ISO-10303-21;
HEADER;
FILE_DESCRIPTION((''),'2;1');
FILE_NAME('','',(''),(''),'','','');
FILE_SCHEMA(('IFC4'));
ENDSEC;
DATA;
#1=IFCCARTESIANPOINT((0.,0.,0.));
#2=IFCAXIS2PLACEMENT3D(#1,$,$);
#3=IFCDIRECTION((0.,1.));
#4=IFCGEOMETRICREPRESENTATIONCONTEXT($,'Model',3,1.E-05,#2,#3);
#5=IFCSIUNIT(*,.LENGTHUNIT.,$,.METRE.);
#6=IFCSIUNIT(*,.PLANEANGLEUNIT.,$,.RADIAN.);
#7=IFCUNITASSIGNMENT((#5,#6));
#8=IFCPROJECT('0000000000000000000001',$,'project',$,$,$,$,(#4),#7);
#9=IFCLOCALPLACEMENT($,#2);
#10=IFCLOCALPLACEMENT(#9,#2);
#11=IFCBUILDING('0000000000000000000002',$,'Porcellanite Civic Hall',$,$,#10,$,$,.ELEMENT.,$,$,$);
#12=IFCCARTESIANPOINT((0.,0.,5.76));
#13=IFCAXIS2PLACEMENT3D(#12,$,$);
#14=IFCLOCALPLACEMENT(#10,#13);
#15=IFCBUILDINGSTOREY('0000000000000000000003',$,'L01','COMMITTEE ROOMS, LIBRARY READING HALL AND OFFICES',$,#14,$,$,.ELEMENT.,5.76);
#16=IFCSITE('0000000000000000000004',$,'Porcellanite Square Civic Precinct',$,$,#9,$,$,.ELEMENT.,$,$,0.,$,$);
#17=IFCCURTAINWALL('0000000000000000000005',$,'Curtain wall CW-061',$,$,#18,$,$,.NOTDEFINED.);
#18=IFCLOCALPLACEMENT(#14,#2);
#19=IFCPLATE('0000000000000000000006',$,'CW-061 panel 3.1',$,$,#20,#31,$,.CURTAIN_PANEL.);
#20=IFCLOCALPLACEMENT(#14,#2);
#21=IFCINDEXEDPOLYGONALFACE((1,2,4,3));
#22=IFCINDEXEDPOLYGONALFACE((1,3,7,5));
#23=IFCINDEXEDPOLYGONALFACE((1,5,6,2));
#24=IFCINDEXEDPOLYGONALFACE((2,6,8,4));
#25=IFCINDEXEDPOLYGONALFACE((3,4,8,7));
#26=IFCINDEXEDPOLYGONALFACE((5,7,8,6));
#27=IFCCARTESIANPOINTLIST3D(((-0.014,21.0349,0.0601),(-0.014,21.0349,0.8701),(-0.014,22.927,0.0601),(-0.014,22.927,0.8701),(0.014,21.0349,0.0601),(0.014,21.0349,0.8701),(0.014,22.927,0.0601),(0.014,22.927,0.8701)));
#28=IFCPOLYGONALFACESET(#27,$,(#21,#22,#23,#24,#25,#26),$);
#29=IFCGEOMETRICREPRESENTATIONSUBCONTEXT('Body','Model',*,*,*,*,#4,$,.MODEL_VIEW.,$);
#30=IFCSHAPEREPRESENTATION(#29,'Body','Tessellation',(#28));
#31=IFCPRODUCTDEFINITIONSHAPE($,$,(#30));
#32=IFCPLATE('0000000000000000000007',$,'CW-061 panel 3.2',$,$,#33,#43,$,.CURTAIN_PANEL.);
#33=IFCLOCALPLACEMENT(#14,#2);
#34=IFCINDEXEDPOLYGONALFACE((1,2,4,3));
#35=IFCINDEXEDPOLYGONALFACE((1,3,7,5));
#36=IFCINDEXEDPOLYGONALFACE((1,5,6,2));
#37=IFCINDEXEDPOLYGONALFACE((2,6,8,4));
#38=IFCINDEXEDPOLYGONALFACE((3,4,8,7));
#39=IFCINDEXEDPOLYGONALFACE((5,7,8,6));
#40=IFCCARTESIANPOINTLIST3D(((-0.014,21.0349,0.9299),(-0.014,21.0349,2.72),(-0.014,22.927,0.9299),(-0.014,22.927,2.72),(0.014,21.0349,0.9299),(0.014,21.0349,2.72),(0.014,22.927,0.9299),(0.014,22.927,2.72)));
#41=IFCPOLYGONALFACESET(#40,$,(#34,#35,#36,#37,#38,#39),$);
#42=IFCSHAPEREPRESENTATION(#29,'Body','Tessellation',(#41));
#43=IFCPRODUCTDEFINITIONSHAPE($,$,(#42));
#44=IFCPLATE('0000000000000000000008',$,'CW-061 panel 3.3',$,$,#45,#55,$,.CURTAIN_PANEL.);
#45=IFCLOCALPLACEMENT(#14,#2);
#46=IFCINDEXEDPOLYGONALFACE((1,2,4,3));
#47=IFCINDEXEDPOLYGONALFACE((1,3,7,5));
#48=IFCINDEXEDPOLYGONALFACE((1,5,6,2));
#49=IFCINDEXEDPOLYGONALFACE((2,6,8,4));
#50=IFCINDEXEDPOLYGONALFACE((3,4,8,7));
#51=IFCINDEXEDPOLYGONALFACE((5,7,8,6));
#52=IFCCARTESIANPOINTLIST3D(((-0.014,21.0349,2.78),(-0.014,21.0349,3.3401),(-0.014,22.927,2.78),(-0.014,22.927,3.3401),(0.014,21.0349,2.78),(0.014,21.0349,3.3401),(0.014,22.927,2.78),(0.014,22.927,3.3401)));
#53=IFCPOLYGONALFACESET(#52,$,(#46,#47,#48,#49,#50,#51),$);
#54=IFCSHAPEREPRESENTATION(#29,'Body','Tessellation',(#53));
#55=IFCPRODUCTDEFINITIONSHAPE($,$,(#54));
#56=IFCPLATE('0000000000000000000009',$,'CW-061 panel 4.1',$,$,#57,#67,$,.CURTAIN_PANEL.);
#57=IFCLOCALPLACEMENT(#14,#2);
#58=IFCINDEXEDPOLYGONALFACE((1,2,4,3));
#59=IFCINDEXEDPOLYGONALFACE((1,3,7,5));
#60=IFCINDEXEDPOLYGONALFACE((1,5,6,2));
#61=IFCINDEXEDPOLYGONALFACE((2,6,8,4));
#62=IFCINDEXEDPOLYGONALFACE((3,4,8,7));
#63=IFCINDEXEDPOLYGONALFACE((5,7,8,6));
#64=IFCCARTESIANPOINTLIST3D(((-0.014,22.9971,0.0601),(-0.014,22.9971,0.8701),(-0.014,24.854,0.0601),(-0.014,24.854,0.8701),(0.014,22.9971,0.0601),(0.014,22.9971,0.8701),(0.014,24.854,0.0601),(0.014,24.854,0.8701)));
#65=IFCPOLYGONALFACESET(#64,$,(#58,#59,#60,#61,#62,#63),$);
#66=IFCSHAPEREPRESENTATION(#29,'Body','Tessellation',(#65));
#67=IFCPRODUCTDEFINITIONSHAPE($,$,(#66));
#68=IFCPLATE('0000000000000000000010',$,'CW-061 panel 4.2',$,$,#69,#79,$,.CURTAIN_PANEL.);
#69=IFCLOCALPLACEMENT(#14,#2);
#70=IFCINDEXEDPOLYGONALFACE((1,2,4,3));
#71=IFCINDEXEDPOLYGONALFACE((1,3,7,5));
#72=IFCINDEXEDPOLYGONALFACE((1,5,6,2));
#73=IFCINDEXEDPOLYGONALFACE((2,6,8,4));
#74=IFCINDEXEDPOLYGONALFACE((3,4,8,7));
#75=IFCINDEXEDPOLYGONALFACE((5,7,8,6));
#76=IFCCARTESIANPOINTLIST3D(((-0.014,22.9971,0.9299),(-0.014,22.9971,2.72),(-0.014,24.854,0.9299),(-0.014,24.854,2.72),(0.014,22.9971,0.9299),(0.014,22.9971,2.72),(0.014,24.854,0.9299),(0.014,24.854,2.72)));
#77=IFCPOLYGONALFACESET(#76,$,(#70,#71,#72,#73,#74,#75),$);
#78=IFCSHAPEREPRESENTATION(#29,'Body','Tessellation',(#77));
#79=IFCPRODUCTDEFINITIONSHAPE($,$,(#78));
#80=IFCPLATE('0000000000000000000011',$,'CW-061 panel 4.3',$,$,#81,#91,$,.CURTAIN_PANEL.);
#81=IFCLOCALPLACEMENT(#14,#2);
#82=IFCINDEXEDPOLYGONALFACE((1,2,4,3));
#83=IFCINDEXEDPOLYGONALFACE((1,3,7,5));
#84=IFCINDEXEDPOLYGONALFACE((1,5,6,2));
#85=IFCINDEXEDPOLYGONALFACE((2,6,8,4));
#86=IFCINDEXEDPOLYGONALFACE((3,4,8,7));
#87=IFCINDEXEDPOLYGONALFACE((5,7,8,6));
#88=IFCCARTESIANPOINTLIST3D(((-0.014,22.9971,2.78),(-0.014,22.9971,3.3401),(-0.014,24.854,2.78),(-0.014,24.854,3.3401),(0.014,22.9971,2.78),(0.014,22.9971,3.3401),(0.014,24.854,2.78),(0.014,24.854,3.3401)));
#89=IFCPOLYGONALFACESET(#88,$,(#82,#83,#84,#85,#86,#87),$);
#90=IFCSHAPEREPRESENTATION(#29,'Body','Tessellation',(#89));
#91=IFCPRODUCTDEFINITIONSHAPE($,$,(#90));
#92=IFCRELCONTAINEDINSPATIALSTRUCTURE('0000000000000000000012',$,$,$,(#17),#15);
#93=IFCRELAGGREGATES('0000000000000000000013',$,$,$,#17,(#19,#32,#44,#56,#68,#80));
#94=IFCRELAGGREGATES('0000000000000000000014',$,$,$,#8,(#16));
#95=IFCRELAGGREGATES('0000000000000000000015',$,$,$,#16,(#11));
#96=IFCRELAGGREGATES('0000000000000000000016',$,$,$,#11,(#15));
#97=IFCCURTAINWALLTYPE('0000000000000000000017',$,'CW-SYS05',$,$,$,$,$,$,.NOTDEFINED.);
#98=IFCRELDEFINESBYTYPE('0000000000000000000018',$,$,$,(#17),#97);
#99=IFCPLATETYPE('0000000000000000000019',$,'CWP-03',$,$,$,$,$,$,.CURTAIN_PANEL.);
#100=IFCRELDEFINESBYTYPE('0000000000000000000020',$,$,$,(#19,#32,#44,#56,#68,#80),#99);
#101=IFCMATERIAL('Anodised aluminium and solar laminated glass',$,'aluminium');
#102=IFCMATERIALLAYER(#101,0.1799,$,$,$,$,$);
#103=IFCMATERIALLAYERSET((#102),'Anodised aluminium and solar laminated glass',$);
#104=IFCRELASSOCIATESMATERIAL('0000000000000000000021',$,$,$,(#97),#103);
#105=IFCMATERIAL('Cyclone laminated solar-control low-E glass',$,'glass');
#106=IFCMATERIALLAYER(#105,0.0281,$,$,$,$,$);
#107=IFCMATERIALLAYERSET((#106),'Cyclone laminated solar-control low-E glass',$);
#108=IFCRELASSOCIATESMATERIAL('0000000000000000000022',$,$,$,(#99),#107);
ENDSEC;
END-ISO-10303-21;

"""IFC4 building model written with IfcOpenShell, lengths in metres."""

from ifc_helpers import new_model, si_unit, direction, frame, origin, origin_2d, place, context, subcontext, project, spatial, rectangle, extrude, material, layer, layer_set, type_object, element, aggregate, save


model = new_model("IFC4")

# Units and contexts
model_context = context("Model", 3, precision=1e-05, world=origin(), true_north=direction((0.0, 1.0)))
body_context = subcontext(model_context, "Body", "Model", "MODEL_VIEW")
ifc_project = project(units=[si_unit("LENGTHUNIT", "METRE"), si_unit("PLANEANGLEUNIT", "RADIAN")], contexts=[model_context])

# Site, building, storey
site_placement = place(None, origin())
site = spatial("IfcSite", under=ifc_project, at=site_placement, Name="Porcellanite Square Civic Precinct", CompositionType="ELEMENT", RefElevation=0.0)
building_placement = place(site_placement, origin())
building = spatial("IfcBuilding", under=site, at=building_placement, Name="Porcellanite Civic Hall", CompositionType="ELEMENT")
storey_placement = place(building_placement, frame((0.0, 0.0, 5.76)))
storey = spatial("IfcBuildingStorey", under=building, at=storey_placement, Name="L01", Description="COMMITTEE ROOMS, LIBRARY READING HALL AND OFFICES", CompositionType="ELEMENT", Elevation=5.76)

# Curtain wall
ifc_material_1 = material(Name="Anodised aluminium and solar laminated glass", Category="aluminium")
ifc_layer_1 = layer(ifc_material_1, 0.1799)
ifc_layer_set_1 = layer_set([ifc_layer_1], Name="Anodised aluminium and solar laminated glass")
curtain_wall_type = type_object("IfcCurtainWallType", Name="CW-SYS05", PredefinedType="NOTDEFINED", material=ifc_layer_set_1)
curtain_wall_placement = place(storey_placement, origin())
curtain_wall = element("IfcCurtainWall", 1, at=curtain_wall_placement, inside=storey, type_object=curtain_wall_type, Name="Curtain wall CW-061", PredefinedType="NOTDEFINED")

# Plates
ifc_material_2 = material(Name="Cyclone laminated solar-control low-E glass", Category="glass")
ifc_layer_2 = layer(ifc_material_2, 0.0281)
ifc_layer_set_2 = layer_set([ifc_layer_2], Name="Cyclone laminated solar-control low-E glass")
plate_type = type_object("IfcPlateType", Name="CWP-03", PredefinedType="CURTAIN_PANEL", material=ifc_layer_set_2)
plate_1_placement = place(storey_placement, frame((0.0, 21.981, 0.0601), z_axis=(0.0, 0.0, 1.0), x_axis=(0.0, 1.0, 0.0)))
plate_1 = element("IfcPlate", 2, at=plate_1_placement, type_object=plate_type, Name="CW-061 panel 3.1", PredefinedType="CURTAIN_PANEL", context=body_context, shape_type="SweptSolid", body=[
    extrude(rectangle(XDim=1.8921, YDim=0.0281, at=origin_2d()), origin(), (0.0, 0.0, 1.0), 0.8101),
])
plate_2_placement = place(storey_placement, frame((0.0, 21.981, 0.9299), z_axis=(0.0, 0.0, 1.0), x_axis=(0.0, 1.0, 0.0)))
plate_2 = element("IfcPlate", 3, at=plate_2_placement, type_object=plate_type, Name="CW-061 panel 3.2", PredefinedType="CURTAIN_PANEL", context=body_context, shape_type="SweptSolid", body=[
    extrude(rectangle(XDim=1.8921, YDim=0.0281, at=origin_2d()), origin(), (0.0, 0.0, 1.0), 1.79),
])
plate_3_placement = place(storey_placement, frame((0.0, 21.981, 2.78), z_axis=(0.0, 0.0, 1.0), x_axis=(0.0, 1.0, 0.0)))
plate_3 = element("IfcPlate", 4, at=plate_3_placement, type_object=plate_type, Name="CW-061 panel 3.3", PredefinedType="CURTAIN_PANEL", context=body_context, shape_type="SweptSolid", body=[
    extrude(rectangle(XDim=1.8921, YDim=0.0281, at=origin_2d()), origin(), (0.0, 0.0, 1.0), 0.5601),
])
plate_4_placement = place(storey_placement, frame((0.0, 23.9255, 0.0601), z_axis=(0.0, 0.0, 1.0), x_axis=(0.0, 1.0, 0.0)))
plate_4 = element("IfcPlate", 5, at=plate_4_placement, type_object=plate_type, Name="CW-061 panel 4.1", PredefinedType="CURTAIN_PANEL", context=body_context, shape_type="SweptSolid", body=[
    extrude(rectangle(XDim=1.8569, YDim=0.0281, at=origin_2d()), origin(), (0.0, 0.0, 1.0), 0.8101),
])
plate_5_placement = place(storey_placement, frame((0.0, 23.9255, 0.9299), z_axis=(0.0, 0.0, 1.0), x_axis=(0.0, 1.0, 0.0)))
plate_5 = element("IfcPlate", 6, at=plate_5_placement, type_object=plate_type, Name="CW-061 panel 4.2", PredefinedType="CURTAIN_PANEL", context=body_context, shape_type="SweptSolid", body=[
    extrude(rectangle(XDim=1.8569, YDim=0.0281, at=origin_2d()), origin(), (0.0, 0.0, 1.0), 1.79),
])
plate_6_placement = place(storey_placement, frame((0.0, 23.9255, 2.78), z_axis=(0.0, 0.0, 1.0), x_axis=(0.0, 1.0, 0.0)))
plate_6 = element("IfcPlate", 7, at=plate_6_placement, type_object=plate_type, Name="CW-061 panel 4.3", PredefinedType="CURTAIN_PANEL", context=body_context, shape_type="SweptSolid", body=[
    extrude(rectangle(XDim=1.8569, YDim=0.0281, at=origin_2d()), origin(), (0.0, 0.0, 1.0), 0.5601),
])
aggregate(curtain_wall, [plate_1, plate_2, plate_3, plate_4, plate_5, plate_6])

save(model, "model.ifc")
